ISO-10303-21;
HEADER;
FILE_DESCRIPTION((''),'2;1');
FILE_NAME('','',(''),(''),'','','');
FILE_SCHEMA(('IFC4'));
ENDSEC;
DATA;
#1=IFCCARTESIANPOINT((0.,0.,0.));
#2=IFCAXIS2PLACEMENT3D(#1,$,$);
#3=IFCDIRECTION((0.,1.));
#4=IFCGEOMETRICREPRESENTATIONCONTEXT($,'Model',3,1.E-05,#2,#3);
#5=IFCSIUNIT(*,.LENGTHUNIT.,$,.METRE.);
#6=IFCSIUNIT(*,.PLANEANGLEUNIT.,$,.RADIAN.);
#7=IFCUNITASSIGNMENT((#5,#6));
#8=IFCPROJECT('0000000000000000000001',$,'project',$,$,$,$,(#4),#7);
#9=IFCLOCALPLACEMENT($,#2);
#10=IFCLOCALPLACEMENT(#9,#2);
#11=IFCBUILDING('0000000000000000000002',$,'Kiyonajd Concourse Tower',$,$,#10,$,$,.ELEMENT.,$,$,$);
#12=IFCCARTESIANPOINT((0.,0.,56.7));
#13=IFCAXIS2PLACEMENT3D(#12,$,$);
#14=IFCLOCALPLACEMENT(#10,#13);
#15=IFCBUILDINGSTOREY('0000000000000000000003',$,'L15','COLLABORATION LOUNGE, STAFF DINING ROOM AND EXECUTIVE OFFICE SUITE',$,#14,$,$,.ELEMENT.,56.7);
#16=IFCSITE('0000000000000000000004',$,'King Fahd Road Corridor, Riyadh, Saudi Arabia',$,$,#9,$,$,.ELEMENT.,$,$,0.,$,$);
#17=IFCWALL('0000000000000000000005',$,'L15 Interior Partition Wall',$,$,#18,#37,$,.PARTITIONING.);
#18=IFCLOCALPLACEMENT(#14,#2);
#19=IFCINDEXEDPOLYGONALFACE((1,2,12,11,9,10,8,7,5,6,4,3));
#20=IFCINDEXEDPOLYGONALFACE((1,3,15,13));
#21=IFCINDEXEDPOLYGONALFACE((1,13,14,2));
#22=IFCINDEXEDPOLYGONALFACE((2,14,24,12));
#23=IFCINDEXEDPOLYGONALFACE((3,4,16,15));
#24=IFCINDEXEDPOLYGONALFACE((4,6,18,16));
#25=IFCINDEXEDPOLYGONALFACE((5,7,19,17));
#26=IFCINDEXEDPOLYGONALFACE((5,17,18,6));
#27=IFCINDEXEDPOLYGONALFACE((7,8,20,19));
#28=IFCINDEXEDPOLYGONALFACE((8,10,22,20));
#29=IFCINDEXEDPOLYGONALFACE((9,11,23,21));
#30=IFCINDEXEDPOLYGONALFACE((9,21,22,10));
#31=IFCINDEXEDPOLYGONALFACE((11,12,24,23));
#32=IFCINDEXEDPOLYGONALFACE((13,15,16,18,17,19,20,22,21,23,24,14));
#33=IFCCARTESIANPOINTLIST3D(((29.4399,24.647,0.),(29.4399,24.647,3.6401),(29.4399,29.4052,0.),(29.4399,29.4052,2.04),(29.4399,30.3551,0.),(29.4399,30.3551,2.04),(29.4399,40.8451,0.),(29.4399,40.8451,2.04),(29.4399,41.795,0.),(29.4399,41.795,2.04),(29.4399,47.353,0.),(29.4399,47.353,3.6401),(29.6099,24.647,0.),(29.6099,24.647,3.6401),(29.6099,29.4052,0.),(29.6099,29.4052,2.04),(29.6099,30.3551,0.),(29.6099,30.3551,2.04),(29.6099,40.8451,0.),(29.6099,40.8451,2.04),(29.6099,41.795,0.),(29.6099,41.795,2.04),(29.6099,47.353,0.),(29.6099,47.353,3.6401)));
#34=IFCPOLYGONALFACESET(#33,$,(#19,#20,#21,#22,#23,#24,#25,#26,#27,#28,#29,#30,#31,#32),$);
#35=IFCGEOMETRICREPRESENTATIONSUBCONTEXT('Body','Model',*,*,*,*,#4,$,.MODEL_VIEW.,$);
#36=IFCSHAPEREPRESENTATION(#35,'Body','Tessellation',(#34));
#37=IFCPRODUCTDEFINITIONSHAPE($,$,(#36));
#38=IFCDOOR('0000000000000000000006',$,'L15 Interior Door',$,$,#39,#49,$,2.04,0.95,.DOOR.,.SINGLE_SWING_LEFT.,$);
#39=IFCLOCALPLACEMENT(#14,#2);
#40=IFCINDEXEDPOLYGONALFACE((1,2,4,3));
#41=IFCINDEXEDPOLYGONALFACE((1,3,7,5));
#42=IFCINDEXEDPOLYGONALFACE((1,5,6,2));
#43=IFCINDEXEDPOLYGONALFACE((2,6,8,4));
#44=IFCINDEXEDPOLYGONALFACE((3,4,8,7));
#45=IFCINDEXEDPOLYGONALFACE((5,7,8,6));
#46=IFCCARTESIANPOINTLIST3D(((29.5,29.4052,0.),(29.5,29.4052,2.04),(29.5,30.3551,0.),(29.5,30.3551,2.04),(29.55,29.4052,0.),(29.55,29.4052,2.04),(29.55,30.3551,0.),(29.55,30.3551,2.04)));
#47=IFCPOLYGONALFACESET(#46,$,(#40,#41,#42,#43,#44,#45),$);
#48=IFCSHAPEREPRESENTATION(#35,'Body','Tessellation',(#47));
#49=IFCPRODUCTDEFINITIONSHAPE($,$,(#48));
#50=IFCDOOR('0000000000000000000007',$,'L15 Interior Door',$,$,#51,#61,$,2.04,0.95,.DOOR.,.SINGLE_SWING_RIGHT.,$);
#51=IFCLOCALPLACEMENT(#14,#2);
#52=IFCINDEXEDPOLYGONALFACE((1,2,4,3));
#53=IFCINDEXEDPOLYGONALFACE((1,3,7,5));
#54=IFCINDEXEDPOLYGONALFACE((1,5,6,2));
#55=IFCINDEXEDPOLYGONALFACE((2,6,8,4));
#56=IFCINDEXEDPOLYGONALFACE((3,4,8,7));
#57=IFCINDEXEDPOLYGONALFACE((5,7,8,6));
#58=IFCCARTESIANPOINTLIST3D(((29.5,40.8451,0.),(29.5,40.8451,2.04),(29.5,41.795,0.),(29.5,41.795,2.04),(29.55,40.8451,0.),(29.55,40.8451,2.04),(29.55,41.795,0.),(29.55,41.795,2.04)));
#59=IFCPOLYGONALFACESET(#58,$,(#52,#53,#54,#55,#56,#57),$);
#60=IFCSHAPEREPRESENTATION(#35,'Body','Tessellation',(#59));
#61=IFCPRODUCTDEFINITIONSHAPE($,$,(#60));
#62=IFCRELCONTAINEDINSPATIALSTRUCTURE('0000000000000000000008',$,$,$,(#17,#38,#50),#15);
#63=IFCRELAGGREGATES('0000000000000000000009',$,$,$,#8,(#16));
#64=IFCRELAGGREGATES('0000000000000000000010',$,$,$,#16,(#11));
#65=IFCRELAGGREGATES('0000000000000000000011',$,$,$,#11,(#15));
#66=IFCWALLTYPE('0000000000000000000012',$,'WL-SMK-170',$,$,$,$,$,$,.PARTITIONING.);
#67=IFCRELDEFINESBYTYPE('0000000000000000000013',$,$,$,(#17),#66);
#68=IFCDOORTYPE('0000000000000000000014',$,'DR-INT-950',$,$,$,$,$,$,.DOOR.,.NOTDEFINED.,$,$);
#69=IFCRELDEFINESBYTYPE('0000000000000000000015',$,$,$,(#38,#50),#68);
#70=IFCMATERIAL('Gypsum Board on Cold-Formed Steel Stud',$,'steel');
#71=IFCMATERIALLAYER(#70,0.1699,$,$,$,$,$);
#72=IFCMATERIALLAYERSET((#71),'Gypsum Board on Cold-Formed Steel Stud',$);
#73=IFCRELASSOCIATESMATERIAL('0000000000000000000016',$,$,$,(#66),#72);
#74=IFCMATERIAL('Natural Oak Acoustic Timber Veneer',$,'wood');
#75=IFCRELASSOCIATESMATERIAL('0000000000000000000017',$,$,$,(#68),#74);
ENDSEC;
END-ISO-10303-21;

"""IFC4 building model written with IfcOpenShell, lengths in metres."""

from ifc_helpers import new_model, si_unit, direction, frame, frame_2d, origin, place, context, subcontext, project, spatial, rectangle, extrude, material, layer, layer_set, type_object, element, fill, save


model = new_model("IFC4")

# Units and contexts
model_context = context("Model", 3, precision=1e-05, world=origin(), true_north=direction((0.0, 1.0)))
body_context = subcontext(model_context, "Body", "Model", "MODEL_VIEW")
ifc_project = project(units=[si_unit("LENGTHUNIT", "METRE"), si_unit("PLANEANGLEUNIT", "RADIAN")], contexts=[model_context])

# Site, building, storey
site_placement = place(None, origin())
site = spatial("IfcSite", under=ifc_project, at=site_placement, Name="King Fahd Road Corridor, Riyadh, Saudi Arabia", CompositionType="ELEMENT", RefElevation=0.0)
building_placement = place(site_placement, origin())
building = spatial("IfcBuilding", under=site, at=building_placement, Name="Kiyonajd Concourse Tower", CompositionType="ELEMENT")
storey_placement = place(building_placement, frame((0.0, 0.0, 56.7)))
storey = spatial("IfcBuildingStorey", under=building, at=storey_placement, Name="L15", Description="COLLABORATION LOUNGE, STAFF DINING ROOM AND EXECUTIVE OFFICE SUITE", CompositionType="ELEMENT", Elevation=56.7)

# Wall, openings, doors
ifc_material_1 = material(Name="Gypsum Board on Cold-Formed Steel Stud", Category="steel")
ifc_layer_1 = layer(ifc_material_1, 0.1699)
ifc_layer_set_1 = layer_set([ifc_layer_1], Name="Gypsum Board on Cold-Formed Steel Stud")
wall_type_1 = type_object("IfcWallType", Name="WL-SMK-170", PredefinedType="PARTITIONING", material=ifc_layer_set_1)
ifc_material_2 = material(Name="Natural Oak Acoustic Timber Veneer", Category="wood")
door_type_1 = type_object("IfcDoorType", Name="DR-INT-950", OperationType="NOTDEFINED", PredefinedType="DOOR", material=ifc_material_2)
wall_1_placement = place(storey_placement, frame((29.5249, 24.647, 0.0), z_axis=(0.0, 0.0, 1.0), x_axis=(0.0, 1.0, 0.0)))
wall_1 = element("IfcWall", 1, at=wall_1_placement, inside=storey, type_object=wall_type_1, Name="L15 Interior Partition Wall", PredefinedType="PARTITIONING", context=body_context, shape_type="SweptSolid", body=[
    extrude(rectangle(XDim=22.7061, YDim=0.1699, at=frame_2d((11.353, 0.0))), origin(), (0.0, 0.0, 1.0), 3.6401),
])
opening_1_placement = place(wall_1_placement, frame((4.7581, 0.0, 0.0)))
opening_1 = element("IfcOpeningElement", 2, at=opening_1_placement, cuts=wall_1, PredefinedType="OPENING", context=body_context, shape_type="SweptSolid", body=[
    extrude(rectangle(XDim=0.95, YDim=2.04, at=frame_2d((0.4751, 1.02))), frame((0.0, 0.095, 0.0), z_axis=(0.0, -1.0, 0.0), x_axis=(1.0, 0.0, 0.0)), (0.0, 0.0, 1.0), 0.1899),
])
opening_2_placement = place(wall_1_placement, frame((16.198, 0.0, 0.0)))
opening_2 = element("IfcOpeningElement", 3, at=opening_2_placement, cuts=wall_1, PredefinedType="OPENING", context=body_context, shape_type="SweptSolid", body=[
    extrude(rectangle(XDim=0.95, YDim=2.04, at=frame_2d((0.4751, 1.02))), frame((0.0, 0.095, 0.0), z_axis=(0.0, -1.0, 0.0), x_axis=(1.0, 0.0, 0.0)), (0.0, 0.0, 1.0), 0.1899),
])
door_1_placement = place(opening_1_placement, origin())
door_1 = element("IfcDoor", 4, at=door_1_placement, inside=storey, type_object=door_type_1, Name="L15 Interior Door", OperationType="SINGLE_SWING_LEFT", OverallHeight=2.04, OverallWidth=0.95, PredefinedType="DOOR", context=body_context, shape_type="SweptSolid", body=[
    extrude(rectangle(XDim=0.95, YDim=2.04, at=frame_2d((0.4751, 1.02))), frame((0.0, 0.0249, 0.0), z_axis=(0.0, -1.0, 0.0), x_axis=(1.0, 0.0, 0.0)), (0.0, 0.0, 1.0), 0.05),
])
fill(opening_1, door_1)
door_2_placement = place(opening_2_placement, origin())
door_2 = element("IfcDoor", 5, at=door_2_placement, inside=storey, type_object=door_type_1, Name="L15 Interior Door", OperationType="SINGLE_SWING_RIGHT", OverallHeight=2.04, OverallWidth=0.95, PredefinedType="DOOR", context=body_context, shape_type="SweptSolid", body=[
    extrude(rectangle(XDim=0.95, YDim=2.04, at=frame_2d((0.4751, 1.02))), frame((0.0, 0.0249, 0.0), z_axis=(0.0, -1.0, 0.0), x_axis=(1.0, 0.0, 0.0)), (0.0, 0.0, 1.0), 0.05),
])
fill(opening_2, door_2)

save(model, "model.ifc")
